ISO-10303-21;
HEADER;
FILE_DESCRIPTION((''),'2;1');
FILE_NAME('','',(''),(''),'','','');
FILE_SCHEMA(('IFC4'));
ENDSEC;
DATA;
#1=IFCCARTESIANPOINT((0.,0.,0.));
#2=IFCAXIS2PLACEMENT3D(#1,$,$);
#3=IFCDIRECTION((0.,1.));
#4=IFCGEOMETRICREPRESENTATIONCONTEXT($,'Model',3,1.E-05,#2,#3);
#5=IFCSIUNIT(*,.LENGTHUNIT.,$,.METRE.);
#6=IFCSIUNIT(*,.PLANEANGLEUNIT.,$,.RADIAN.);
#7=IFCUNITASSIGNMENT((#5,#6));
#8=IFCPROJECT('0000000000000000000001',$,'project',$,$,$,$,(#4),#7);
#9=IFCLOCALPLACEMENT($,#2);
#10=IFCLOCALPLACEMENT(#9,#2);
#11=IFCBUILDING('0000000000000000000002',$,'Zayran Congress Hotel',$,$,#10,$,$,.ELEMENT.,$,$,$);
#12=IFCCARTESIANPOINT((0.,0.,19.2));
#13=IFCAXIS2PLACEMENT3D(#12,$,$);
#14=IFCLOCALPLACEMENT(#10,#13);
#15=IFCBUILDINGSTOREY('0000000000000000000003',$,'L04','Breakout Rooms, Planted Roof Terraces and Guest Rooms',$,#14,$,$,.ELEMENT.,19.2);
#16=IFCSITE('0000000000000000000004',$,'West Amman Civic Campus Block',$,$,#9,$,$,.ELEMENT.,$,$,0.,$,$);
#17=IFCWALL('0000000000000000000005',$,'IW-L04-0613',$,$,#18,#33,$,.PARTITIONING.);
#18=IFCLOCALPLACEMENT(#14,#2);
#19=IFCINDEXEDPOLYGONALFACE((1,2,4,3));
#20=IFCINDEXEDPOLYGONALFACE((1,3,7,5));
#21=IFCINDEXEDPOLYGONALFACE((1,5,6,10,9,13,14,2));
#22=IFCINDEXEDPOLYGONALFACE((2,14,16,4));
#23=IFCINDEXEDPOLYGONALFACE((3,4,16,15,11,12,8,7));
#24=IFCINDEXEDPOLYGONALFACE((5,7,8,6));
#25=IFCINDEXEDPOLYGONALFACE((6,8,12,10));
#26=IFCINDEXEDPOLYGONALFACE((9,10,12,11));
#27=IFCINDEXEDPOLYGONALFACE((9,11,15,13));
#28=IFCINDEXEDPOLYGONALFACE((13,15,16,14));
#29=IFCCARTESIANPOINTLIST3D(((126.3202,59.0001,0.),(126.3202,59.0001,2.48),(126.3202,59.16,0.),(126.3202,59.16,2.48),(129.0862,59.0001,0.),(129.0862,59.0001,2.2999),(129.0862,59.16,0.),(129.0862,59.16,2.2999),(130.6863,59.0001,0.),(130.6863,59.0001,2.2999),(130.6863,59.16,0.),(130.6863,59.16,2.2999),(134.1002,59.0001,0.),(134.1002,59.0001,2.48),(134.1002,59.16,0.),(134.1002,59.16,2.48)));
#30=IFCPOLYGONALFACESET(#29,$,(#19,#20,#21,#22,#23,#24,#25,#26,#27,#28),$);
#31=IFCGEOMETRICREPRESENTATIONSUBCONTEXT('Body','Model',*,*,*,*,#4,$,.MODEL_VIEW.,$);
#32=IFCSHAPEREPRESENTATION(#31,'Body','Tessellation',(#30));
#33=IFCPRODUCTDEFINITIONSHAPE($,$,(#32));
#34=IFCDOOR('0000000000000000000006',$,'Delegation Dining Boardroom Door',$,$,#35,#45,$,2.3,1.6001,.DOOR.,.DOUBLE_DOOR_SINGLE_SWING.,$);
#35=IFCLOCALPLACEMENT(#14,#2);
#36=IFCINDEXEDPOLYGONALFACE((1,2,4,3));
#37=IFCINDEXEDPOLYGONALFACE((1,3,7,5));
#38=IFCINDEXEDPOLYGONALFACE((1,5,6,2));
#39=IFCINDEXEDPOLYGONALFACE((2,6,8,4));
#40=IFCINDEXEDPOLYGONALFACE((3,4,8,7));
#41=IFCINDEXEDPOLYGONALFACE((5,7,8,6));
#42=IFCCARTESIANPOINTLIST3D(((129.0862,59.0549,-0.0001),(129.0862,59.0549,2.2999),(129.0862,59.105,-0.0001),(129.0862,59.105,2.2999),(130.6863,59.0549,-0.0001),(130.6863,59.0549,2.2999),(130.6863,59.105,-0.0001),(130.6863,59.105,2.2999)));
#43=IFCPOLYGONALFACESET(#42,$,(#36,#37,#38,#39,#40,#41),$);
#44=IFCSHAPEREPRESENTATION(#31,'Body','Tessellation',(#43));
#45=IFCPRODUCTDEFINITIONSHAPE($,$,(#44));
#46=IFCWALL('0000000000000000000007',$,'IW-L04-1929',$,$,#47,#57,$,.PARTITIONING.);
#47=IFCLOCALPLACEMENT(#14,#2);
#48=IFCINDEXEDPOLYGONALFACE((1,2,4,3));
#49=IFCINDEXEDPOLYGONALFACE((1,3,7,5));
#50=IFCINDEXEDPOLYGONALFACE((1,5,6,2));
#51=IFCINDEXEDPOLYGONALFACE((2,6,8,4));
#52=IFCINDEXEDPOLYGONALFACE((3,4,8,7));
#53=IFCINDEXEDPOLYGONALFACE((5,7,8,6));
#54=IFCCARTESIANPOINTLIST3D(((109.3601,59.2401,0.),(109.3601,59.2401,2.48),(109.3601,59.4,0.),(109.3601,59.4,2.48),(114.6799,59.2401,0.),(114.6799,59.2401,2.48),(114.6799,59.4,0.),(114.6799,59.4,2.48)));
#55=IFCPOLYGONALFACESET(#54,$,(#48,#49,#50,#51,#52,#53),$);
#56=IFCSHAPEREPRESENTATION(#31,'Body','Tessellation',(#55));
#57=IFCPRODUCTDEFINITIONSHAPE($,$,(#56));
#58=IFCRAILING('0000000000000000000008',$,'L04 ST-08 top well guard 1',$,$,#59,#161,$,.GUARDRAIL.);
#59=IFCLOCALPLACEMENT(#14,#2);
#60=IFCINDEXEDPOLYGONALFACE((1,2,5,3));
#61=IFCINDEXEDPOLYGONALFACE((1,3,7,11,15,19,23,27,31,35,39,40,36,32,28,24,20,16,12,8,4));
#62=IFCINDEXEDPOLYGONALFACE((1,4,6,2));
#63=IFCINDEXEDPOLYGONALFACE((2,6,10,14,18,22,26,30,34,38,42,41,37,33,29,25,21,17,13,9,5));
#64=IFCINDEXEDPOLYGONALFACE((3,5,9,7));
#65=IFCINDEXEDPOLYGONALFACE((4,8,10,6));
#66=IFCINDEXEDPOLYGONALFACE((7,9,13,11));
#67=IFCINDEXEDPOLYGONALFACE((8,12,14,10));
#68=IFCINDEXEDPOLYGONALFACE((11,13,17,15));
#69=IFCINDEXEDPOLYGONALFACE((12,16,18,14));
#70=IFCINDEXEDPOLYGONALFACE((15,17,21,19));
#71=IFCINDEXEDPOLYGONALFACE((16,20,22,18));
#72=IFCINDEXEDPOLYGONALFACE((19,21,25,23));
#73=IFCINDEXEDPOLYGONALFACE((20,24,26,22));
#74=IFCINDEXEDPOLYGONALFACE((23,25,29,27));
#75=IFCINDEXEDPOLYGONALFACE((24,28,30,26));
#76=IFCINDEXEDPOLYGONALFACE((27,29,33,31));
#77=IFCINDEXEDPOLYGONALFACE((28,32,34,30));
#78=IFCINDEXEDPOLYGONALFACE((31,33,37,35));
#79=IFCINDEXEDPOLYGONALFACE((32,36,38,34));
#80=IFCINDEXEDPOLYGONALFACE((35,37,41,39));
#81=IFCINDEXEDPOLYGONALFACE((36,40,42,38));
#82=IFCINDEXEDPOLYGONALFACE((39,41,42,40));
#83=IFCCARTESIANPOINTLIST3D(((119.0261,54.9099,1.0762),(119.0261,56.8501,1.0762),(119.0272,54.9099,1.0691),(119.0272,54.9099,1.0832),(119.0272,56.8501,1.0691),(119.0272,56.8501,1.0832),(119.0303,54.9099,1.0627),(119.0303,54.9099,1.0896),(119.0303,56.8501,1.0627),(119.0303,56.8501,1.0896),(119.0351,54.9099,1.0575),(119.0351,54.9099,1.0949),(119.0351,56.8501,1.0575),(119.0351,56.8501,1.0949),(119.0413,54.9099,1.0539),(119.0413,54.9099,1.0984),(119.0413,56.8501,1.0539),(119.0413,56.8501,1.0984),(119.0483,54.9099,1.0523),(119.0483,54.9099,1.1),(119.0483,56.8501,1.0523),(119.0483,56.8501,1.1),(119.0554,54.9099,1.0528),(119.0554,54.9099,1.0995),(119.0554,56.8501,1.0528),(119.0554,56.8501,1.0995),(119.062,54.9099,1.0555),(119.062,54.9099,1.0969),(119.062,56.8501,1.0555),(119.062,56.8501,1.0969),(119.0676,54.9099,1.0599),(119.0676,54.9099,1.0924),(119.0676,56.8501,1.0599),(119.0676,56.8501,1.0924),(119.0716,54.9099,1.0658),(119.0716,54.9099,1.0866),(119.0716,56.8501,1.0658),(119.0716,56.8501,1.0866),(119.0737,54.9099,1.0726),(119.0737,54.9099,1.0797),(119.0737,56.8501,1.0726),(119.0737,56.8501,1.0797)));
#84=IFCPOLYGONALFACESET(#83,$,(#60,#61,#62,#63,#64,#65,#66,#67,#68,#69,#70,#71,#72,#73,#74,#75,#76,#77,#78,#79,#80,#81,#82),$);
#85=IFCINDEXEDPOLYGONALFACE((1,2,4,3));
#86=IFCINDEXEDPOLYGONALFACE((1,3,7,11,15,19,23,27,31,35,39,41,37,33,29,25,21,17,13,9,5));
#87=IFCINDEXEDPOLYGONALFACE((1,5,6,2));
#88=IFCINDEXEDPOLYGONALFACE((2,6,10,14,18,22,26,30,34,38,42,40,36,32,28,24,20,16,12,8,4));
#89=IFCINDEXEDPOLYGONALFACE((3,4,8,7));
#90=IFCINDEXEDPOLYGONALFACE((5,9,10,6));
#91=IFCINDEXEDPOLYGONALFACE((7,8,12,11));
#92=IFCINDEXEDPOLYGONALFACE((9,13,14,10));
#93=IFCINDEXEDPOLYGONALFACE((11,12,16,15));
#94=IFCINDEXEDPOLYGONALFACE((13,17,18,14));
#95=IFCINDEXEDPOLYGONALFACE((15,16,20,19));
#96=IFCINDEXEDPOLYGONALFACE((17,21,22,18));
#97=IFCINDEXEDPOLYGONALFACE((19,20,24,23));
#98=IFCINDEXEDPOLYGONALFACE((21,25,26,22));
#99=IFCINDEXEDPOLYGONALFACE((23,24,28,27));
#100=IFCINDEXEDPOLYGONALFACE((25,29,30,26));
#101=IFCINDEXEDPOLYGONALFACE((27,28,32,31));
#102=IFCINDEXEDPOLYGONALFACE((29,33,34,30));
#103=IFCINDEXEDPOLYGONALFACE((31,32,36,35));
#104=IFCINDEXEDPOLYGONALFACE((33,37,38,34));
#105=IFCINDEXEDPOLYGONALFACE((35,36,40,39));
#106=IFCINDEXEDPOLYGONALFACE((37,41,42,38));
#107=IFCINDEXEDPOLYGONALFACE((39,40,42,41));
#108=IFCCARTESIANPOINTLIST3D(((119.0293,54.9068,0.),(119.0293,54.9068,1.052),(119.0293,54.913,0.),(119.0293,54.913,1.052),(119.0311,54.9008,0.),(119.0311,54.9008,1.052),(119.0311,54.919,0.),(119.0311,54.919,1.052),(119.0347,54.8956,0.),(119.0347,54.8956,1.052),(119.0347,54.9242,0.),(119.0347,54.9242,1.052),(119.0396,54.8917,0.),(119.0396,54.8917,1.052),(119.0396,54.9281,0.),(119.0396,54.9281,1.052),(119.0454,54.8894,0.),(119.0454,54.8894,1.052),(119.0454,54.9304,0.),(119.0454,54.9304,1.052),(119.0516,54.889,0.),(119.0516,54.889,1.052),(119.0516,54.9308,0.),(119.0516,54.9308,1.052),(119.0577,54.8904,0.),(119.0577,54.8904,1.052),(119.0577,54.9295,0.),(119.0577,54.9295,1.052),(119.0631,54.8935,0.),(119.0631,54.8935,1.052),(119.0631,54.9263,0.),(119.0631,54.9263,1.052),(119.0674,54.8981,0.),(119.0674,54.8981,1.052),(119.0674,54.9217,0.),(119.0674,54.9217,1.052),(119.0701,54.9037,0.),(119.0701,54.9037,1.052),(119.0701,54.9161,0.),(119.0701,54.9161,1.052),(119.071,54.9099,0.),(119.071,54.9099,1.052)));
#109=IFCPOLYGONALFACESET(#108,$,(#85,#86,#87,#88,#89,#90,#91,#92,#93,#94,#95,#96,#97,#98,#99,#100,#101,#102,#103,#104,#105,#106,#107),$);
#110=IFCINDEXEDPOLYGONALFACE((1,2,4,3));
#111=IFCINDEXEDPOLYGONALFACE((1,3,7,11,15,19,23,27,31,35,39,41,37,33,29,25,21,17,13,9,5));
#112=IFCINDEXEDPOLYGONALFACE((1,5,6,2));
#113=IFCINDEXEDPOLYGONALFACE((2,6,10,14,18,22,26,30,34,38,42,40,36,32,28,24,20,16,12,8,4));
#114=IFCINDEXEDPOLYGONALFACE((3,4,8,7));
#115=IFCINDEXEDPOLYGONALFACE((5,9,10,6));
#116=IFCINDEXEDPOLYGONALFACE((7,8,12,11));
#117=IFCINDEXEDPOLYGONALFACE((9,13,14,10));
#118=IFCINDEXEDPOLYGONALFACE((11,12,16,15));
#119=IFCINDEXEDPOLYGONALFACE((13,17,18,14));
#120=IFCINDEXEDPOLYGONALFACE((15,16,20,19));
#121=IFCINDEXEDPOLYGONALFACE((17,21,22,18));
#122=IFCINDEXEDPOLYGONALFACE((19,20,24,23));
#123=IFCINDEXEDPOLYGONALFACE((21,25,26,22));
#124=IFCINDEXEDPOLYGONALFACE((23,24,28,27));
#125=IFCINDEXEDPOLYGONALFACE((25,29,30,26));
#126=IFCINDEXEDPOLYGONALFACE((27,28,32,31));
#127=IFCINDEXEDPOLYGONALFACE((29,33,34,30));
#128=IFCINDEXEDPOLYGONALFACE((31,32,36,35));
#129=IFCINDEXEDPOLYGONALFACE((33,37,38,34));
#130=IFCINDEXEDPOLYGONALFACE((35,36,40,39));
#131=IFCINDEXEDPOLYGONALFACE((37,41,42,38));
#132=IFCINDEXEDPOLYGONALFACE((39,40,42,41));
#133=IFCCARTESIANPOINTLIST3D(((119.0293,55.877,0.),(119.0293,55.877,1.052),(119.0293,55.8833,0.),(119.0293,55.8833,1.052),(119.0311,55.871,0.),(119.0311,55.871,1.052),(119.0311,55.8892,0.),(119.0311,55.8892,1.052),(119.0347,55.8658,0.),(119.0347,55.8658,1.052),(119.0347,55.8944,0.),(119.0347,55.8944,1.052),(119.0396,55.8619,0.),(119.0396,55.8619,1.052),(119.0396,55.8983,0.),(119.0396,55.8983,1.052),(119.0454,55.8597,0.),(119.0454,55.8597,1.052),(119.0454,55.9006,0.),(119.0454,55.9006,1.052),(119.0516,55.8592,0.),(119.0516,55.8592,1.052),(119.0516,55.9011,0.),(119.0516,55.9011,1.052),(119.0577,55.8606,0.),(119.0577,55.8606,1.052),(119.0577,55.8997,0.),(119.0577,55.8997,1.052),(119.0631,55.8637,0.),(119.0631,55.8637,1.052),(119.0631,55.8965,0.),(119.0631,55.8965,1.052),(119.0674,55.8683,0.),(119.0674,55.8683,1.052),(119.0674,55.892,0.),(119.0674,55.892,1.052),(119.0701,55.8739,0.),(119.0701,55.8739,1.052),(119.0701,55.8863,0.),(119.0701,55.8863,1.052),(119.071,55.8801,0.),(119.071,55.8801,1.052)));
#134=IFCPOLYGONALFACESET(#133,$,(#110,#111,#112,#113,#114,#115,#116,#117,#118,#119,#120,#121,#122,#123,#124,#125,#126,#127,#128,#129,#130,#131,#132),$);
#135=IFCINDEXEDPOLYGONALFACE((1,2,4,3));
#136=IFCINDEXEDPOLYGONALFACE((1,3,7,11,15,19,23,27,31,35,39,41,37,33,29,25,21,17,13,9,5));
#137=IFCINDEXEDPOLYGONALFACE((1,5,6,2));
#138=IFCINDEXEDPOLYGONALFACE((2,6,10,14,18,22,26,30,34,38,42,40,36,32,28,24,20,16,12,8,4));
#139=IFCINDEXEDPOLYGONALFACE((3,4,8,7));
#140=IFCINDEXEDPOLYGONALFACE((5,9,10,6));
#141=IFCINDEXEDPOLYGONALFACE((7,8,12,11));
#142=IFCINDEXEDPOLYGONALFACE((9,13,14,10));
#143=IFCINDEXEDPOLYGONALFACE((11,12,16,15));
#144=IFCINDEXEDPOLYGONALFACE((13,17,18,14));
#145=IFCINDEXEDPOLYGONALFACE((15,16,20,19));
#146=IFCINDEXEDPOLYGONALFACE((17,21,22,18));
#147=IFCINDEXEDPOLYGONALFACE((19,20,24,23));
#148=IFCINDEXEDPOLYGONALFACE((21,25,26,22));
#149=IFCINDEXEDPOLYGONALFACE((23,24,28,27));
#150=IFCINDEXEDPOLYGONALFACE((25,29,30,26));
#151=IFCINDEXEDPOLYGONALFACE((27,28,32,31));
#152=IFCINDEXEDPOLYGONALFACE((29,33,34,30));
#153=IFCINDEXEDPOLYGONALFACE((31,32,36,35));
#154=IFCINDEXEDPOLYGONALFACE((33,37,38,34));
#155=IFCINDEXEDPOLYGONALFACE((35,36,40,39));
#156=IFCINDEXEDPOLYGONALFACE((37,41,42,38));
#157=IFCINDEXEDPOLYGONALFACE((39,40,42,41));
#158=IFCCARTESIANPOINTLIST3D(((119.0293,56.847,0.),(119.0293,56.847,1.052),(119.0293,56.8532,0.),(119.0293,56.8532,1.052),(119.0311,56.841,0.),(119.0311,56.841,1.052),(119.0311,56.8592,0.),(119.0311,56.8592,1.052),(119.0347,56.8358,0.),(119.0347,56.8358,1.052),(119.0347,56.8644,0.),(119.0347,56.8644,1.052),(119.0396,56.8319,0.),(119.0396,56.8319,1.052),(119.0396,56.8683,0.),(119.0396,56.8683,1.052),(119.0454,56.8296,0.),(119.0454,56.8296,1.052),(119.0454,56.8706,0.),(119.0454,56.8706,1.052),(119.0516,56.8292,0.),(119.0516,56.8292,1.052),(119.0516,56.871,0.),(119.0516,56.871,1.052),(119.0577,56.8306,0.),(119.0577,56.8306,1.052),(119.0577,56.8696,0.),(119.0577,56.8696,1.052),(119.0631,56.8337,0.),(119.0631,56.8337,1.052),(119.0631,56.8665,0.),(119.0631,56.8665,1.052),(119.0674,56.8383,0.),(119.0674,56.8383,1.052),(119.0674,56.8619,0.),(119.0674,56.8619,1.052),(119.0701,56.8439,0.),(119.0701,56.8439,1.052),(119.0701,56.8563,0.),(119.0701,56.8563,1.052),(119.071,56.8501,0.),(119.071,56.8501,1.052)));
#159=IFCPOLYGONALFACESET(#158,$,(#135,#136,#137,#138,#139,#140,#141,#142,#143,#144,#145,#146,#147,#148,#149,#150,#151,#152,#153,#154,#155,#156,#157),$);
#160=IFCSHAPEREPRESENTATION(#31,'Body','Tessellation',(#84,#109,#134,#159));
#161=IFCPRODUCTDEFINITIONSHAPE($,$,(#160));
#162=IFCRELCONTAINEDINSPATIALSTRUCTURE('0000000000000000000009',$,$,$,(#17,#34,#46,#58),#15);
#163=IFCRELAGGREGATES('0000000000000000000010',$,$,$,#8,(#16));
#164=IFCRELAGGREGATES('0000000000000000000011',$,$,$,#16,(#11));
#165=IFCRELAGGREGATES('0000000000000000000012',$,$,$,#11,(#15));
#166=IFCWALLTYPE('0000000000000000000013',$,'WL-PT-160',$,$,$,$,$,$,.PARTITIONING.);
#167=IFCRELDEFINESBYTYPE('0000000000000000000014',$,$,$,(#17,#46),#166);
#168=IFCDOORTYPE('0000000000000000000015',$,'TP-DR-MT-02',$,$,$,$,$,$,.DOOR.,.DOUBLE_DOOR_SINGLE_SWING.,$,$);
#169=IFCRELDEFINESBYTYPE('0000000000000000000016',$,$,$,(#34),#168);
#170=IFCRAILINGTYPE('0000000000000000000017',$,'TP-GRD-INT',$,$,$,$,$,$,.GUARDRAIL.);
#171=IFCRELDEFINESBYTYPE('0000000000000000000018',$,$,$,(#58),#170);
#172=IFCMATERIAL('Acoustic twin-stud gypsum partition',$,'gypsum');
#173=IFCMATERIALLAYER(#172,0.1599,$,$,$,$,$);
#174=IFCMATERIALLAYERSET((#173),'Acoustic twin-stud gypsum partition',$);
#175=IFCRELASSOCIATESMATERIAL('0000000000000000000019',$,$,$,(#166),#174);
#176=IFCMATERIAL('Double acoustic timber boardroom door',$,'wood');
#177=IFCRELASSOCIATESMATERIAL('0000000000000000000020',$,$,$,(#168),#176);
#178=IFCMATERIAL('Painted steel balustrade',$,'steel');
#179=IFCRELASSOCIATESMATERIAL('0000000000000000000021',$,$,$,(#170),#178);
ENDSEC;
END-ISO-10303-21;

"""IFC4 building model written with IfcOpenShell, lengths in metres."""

from ifc_helpers import new_model, si_unit, direction, frame, frame_2d, origin, origin_2d, place, context, subcontext, project, spatial, rectangle, circle, extrude, material, layer, layer_set, type_object, element, fill, save


model = new_model("IFC4")

# Units and contexts
model_context = context("Model", 3, precision=1e-05, world=origin(), true_north=direction((0.0, 1.0)))
body_context = subcontext(model_context, "Body", "Model", "MODEL_VIEW")
ifc_project = project(units=[si_unit("LENGTHUNIT", "METRE"), si_unit("PLANEANGLEUNIT", "RADIAN")], contexts=[model_context])

# Site, building, storey
site_placement = place(None, origin())
site = spatial("IfcSite", under=ifc_project, at=site_placement, Name="West Amman Civic Campus Block", CompositionType="ELEMENT", RefElevation=0.0)
building_placement = place(site_placement, origin())
building = spatial("IfcBuilding", under=site, at=building_placement, Name="Zayran Congress Hotel", CompositionType="ELEMENT")
storey_placement = place(building_placement, frame((0.0, 0.0, 19.2)))
storey = spatial("IfcBuildingStorey", under=building, at=storey_placement, Name="L04", Description="Breakout Rooms, Planted Roof Terraces and Guest Rooms", CompositionType="ELEMENT", Elevation=19.2)

# Wall, opening, door
ifc_material_1 = material(Name="Acoustic twin-stud gypsum partition", Category="gypsum")
ifc_layer_1 = layer(ifc_material_1, 0.1599)
ifc_layer_set_1 = layer_set([ifc_layer_1], Name="Acoustic twin-stud gypsum partition")
wall_type_1 = type_object("IfcWallType", Name="WL-PT-160", PredefinedType="PARTITIONING", material=ifc_layer_set_1)
wall_1_placement = place(storey_placement, frame((126.3201, 59.0801, 0.0), z_axis=(0.0, 0.0, 1.0), x_axis=(1.0, 0.0, 0.0)))
wall_1 = element("IfcWall", 1, at=wall_1_placement, inside=storey, type_object=wall_type_1, Name="IW-L04-0613", PredefinedType="PARTITIONING", context=body_context, shape_type="SweptSolid", body=[
    extrude(rectangle(XDim=7.78, YDim=0.1599, at=frame_2d((3.8901, 0.0))), origin(), (0.0, 0.0, 1.0), 2.48),
])
opening_1_placement = place(wall_1_placement, frame((2.7661, 0.0, 0.0)))
opening_1 = element("IfcOpeningElement", 2, at=opening_1_placement, cuts=wall_1, PredefinedType="OPENING", context=body_context, shape_type="SweptSolid", body=[
    extrude(rectangle(XDim=1.6001, YDim=2.3, at=frame_2d((0.8, 1.1499))), frame((0.0, 0.0898, 0.0), z_axis=(0.0, -1.0, 0.0), x_axis=(1.0, 0.0, 0.0)), (0.0, 0.0, 1.0), 0.1799),
])
ifc_material_2 = material(Name="Double acoustic timber boardroom door", Category="wood")
door_type_1 = type_object("IfcDoorType", Name="TP-DR-MT-02", OperationType="DOUBLE_DOOR_SINGLE_SWING", PredefinedType="DOOR", material=ifc_material_2)
door_1_placement = place(opening_1_placement, origin())
door_1 = element("IfcDoor", 3, at=door_1_placement, inside=storey, type_object=door_type_1, Name="Delegation Dining Boardroom Door", OperationType="DOUBLE_DOOR_SINGLE_SWING", OverallHeight=2.3, OverallWidth=1.6001, PredefinedType="DOOR", context=body_context, shape_type="SweptSolid", body=[
    extrude(rectangle(XDim=1.6001, YDim=2.3, at=frame_2d((0.8, 1.1499))), frame((0.0, 0.0249, 0.0), z_axis=(0.0, -1.0, 0.0), x_axis=(1.0, 0.0, 0.0)), (0.0, 0.0, 1.0), 0.05),
])
fill(opening_1, door_1)

# Wall
wall_2_placement = place(storey_placement, frame((109.3601, 59.3201, 0.0), z_axis=(0.0, 0.0, 1.0), x_axis=(1.0, 0.0, 0.0)))
element("IfcWall", 4, at=wall_2_placement, inside=storey, type_object=wall_type_1, Name="IW-L04-1929", PredefinedType="PARTITIONING", context=body_context, shape_type="SweptSolid", body=[
    extrude(rectangle(XDim=5.3198, YDim=0.1599, at=frame_2d((2.6599, 0.0))), origin(), (0.0, 0.0, 1.0), 2.48),
])

# Railing
ifc_material_3 = material(Name="Painted steel balustrade", Category="steel")
railing_type = type_object("IfcRailingType", Name="TP-GRD-INT", PredefinedType="GUARDRAIL", material=ifc_material_3)
railing_placement = place(storey_placement, frame((119.05, 54.9099, 0.0)))
element("IfcRailing", 5, at=railing_placement, inside=storey, type_object=railing_type, Name="L04 ST-08 top well guard 1", PredefinedType="GUARDRAIL", context=body_context, shape_type="SweptSolid", body=[
    extrude(circle(Radius=0.0239, at=origin_2d()), frame((0.0, 0.0, 1.0762), z_axis=(0.0, 1.0, 0.0), x_axis=(-1.0, 0.0, 0.0)), (0.0, 0.0, 1.0), 1.9402),
    extrude(circle(Radius=0.021, at=origin_2d()), origin(), (0.0, 0.0, 1.0), 1.052),
    extrude(circle(Radius=0.021, at=origin_2d()), frame((0.0, 0.9702, 0.0)), (0.0, 0.0, 1.0), 1.052),
    extrude(circle(Radius=0.021, at=origin_2d()), frame((0.0, 1.9402, 0.0)), (0.0, 0.0, 1.0), 1.052),
])

save(model, "model.ifc")
